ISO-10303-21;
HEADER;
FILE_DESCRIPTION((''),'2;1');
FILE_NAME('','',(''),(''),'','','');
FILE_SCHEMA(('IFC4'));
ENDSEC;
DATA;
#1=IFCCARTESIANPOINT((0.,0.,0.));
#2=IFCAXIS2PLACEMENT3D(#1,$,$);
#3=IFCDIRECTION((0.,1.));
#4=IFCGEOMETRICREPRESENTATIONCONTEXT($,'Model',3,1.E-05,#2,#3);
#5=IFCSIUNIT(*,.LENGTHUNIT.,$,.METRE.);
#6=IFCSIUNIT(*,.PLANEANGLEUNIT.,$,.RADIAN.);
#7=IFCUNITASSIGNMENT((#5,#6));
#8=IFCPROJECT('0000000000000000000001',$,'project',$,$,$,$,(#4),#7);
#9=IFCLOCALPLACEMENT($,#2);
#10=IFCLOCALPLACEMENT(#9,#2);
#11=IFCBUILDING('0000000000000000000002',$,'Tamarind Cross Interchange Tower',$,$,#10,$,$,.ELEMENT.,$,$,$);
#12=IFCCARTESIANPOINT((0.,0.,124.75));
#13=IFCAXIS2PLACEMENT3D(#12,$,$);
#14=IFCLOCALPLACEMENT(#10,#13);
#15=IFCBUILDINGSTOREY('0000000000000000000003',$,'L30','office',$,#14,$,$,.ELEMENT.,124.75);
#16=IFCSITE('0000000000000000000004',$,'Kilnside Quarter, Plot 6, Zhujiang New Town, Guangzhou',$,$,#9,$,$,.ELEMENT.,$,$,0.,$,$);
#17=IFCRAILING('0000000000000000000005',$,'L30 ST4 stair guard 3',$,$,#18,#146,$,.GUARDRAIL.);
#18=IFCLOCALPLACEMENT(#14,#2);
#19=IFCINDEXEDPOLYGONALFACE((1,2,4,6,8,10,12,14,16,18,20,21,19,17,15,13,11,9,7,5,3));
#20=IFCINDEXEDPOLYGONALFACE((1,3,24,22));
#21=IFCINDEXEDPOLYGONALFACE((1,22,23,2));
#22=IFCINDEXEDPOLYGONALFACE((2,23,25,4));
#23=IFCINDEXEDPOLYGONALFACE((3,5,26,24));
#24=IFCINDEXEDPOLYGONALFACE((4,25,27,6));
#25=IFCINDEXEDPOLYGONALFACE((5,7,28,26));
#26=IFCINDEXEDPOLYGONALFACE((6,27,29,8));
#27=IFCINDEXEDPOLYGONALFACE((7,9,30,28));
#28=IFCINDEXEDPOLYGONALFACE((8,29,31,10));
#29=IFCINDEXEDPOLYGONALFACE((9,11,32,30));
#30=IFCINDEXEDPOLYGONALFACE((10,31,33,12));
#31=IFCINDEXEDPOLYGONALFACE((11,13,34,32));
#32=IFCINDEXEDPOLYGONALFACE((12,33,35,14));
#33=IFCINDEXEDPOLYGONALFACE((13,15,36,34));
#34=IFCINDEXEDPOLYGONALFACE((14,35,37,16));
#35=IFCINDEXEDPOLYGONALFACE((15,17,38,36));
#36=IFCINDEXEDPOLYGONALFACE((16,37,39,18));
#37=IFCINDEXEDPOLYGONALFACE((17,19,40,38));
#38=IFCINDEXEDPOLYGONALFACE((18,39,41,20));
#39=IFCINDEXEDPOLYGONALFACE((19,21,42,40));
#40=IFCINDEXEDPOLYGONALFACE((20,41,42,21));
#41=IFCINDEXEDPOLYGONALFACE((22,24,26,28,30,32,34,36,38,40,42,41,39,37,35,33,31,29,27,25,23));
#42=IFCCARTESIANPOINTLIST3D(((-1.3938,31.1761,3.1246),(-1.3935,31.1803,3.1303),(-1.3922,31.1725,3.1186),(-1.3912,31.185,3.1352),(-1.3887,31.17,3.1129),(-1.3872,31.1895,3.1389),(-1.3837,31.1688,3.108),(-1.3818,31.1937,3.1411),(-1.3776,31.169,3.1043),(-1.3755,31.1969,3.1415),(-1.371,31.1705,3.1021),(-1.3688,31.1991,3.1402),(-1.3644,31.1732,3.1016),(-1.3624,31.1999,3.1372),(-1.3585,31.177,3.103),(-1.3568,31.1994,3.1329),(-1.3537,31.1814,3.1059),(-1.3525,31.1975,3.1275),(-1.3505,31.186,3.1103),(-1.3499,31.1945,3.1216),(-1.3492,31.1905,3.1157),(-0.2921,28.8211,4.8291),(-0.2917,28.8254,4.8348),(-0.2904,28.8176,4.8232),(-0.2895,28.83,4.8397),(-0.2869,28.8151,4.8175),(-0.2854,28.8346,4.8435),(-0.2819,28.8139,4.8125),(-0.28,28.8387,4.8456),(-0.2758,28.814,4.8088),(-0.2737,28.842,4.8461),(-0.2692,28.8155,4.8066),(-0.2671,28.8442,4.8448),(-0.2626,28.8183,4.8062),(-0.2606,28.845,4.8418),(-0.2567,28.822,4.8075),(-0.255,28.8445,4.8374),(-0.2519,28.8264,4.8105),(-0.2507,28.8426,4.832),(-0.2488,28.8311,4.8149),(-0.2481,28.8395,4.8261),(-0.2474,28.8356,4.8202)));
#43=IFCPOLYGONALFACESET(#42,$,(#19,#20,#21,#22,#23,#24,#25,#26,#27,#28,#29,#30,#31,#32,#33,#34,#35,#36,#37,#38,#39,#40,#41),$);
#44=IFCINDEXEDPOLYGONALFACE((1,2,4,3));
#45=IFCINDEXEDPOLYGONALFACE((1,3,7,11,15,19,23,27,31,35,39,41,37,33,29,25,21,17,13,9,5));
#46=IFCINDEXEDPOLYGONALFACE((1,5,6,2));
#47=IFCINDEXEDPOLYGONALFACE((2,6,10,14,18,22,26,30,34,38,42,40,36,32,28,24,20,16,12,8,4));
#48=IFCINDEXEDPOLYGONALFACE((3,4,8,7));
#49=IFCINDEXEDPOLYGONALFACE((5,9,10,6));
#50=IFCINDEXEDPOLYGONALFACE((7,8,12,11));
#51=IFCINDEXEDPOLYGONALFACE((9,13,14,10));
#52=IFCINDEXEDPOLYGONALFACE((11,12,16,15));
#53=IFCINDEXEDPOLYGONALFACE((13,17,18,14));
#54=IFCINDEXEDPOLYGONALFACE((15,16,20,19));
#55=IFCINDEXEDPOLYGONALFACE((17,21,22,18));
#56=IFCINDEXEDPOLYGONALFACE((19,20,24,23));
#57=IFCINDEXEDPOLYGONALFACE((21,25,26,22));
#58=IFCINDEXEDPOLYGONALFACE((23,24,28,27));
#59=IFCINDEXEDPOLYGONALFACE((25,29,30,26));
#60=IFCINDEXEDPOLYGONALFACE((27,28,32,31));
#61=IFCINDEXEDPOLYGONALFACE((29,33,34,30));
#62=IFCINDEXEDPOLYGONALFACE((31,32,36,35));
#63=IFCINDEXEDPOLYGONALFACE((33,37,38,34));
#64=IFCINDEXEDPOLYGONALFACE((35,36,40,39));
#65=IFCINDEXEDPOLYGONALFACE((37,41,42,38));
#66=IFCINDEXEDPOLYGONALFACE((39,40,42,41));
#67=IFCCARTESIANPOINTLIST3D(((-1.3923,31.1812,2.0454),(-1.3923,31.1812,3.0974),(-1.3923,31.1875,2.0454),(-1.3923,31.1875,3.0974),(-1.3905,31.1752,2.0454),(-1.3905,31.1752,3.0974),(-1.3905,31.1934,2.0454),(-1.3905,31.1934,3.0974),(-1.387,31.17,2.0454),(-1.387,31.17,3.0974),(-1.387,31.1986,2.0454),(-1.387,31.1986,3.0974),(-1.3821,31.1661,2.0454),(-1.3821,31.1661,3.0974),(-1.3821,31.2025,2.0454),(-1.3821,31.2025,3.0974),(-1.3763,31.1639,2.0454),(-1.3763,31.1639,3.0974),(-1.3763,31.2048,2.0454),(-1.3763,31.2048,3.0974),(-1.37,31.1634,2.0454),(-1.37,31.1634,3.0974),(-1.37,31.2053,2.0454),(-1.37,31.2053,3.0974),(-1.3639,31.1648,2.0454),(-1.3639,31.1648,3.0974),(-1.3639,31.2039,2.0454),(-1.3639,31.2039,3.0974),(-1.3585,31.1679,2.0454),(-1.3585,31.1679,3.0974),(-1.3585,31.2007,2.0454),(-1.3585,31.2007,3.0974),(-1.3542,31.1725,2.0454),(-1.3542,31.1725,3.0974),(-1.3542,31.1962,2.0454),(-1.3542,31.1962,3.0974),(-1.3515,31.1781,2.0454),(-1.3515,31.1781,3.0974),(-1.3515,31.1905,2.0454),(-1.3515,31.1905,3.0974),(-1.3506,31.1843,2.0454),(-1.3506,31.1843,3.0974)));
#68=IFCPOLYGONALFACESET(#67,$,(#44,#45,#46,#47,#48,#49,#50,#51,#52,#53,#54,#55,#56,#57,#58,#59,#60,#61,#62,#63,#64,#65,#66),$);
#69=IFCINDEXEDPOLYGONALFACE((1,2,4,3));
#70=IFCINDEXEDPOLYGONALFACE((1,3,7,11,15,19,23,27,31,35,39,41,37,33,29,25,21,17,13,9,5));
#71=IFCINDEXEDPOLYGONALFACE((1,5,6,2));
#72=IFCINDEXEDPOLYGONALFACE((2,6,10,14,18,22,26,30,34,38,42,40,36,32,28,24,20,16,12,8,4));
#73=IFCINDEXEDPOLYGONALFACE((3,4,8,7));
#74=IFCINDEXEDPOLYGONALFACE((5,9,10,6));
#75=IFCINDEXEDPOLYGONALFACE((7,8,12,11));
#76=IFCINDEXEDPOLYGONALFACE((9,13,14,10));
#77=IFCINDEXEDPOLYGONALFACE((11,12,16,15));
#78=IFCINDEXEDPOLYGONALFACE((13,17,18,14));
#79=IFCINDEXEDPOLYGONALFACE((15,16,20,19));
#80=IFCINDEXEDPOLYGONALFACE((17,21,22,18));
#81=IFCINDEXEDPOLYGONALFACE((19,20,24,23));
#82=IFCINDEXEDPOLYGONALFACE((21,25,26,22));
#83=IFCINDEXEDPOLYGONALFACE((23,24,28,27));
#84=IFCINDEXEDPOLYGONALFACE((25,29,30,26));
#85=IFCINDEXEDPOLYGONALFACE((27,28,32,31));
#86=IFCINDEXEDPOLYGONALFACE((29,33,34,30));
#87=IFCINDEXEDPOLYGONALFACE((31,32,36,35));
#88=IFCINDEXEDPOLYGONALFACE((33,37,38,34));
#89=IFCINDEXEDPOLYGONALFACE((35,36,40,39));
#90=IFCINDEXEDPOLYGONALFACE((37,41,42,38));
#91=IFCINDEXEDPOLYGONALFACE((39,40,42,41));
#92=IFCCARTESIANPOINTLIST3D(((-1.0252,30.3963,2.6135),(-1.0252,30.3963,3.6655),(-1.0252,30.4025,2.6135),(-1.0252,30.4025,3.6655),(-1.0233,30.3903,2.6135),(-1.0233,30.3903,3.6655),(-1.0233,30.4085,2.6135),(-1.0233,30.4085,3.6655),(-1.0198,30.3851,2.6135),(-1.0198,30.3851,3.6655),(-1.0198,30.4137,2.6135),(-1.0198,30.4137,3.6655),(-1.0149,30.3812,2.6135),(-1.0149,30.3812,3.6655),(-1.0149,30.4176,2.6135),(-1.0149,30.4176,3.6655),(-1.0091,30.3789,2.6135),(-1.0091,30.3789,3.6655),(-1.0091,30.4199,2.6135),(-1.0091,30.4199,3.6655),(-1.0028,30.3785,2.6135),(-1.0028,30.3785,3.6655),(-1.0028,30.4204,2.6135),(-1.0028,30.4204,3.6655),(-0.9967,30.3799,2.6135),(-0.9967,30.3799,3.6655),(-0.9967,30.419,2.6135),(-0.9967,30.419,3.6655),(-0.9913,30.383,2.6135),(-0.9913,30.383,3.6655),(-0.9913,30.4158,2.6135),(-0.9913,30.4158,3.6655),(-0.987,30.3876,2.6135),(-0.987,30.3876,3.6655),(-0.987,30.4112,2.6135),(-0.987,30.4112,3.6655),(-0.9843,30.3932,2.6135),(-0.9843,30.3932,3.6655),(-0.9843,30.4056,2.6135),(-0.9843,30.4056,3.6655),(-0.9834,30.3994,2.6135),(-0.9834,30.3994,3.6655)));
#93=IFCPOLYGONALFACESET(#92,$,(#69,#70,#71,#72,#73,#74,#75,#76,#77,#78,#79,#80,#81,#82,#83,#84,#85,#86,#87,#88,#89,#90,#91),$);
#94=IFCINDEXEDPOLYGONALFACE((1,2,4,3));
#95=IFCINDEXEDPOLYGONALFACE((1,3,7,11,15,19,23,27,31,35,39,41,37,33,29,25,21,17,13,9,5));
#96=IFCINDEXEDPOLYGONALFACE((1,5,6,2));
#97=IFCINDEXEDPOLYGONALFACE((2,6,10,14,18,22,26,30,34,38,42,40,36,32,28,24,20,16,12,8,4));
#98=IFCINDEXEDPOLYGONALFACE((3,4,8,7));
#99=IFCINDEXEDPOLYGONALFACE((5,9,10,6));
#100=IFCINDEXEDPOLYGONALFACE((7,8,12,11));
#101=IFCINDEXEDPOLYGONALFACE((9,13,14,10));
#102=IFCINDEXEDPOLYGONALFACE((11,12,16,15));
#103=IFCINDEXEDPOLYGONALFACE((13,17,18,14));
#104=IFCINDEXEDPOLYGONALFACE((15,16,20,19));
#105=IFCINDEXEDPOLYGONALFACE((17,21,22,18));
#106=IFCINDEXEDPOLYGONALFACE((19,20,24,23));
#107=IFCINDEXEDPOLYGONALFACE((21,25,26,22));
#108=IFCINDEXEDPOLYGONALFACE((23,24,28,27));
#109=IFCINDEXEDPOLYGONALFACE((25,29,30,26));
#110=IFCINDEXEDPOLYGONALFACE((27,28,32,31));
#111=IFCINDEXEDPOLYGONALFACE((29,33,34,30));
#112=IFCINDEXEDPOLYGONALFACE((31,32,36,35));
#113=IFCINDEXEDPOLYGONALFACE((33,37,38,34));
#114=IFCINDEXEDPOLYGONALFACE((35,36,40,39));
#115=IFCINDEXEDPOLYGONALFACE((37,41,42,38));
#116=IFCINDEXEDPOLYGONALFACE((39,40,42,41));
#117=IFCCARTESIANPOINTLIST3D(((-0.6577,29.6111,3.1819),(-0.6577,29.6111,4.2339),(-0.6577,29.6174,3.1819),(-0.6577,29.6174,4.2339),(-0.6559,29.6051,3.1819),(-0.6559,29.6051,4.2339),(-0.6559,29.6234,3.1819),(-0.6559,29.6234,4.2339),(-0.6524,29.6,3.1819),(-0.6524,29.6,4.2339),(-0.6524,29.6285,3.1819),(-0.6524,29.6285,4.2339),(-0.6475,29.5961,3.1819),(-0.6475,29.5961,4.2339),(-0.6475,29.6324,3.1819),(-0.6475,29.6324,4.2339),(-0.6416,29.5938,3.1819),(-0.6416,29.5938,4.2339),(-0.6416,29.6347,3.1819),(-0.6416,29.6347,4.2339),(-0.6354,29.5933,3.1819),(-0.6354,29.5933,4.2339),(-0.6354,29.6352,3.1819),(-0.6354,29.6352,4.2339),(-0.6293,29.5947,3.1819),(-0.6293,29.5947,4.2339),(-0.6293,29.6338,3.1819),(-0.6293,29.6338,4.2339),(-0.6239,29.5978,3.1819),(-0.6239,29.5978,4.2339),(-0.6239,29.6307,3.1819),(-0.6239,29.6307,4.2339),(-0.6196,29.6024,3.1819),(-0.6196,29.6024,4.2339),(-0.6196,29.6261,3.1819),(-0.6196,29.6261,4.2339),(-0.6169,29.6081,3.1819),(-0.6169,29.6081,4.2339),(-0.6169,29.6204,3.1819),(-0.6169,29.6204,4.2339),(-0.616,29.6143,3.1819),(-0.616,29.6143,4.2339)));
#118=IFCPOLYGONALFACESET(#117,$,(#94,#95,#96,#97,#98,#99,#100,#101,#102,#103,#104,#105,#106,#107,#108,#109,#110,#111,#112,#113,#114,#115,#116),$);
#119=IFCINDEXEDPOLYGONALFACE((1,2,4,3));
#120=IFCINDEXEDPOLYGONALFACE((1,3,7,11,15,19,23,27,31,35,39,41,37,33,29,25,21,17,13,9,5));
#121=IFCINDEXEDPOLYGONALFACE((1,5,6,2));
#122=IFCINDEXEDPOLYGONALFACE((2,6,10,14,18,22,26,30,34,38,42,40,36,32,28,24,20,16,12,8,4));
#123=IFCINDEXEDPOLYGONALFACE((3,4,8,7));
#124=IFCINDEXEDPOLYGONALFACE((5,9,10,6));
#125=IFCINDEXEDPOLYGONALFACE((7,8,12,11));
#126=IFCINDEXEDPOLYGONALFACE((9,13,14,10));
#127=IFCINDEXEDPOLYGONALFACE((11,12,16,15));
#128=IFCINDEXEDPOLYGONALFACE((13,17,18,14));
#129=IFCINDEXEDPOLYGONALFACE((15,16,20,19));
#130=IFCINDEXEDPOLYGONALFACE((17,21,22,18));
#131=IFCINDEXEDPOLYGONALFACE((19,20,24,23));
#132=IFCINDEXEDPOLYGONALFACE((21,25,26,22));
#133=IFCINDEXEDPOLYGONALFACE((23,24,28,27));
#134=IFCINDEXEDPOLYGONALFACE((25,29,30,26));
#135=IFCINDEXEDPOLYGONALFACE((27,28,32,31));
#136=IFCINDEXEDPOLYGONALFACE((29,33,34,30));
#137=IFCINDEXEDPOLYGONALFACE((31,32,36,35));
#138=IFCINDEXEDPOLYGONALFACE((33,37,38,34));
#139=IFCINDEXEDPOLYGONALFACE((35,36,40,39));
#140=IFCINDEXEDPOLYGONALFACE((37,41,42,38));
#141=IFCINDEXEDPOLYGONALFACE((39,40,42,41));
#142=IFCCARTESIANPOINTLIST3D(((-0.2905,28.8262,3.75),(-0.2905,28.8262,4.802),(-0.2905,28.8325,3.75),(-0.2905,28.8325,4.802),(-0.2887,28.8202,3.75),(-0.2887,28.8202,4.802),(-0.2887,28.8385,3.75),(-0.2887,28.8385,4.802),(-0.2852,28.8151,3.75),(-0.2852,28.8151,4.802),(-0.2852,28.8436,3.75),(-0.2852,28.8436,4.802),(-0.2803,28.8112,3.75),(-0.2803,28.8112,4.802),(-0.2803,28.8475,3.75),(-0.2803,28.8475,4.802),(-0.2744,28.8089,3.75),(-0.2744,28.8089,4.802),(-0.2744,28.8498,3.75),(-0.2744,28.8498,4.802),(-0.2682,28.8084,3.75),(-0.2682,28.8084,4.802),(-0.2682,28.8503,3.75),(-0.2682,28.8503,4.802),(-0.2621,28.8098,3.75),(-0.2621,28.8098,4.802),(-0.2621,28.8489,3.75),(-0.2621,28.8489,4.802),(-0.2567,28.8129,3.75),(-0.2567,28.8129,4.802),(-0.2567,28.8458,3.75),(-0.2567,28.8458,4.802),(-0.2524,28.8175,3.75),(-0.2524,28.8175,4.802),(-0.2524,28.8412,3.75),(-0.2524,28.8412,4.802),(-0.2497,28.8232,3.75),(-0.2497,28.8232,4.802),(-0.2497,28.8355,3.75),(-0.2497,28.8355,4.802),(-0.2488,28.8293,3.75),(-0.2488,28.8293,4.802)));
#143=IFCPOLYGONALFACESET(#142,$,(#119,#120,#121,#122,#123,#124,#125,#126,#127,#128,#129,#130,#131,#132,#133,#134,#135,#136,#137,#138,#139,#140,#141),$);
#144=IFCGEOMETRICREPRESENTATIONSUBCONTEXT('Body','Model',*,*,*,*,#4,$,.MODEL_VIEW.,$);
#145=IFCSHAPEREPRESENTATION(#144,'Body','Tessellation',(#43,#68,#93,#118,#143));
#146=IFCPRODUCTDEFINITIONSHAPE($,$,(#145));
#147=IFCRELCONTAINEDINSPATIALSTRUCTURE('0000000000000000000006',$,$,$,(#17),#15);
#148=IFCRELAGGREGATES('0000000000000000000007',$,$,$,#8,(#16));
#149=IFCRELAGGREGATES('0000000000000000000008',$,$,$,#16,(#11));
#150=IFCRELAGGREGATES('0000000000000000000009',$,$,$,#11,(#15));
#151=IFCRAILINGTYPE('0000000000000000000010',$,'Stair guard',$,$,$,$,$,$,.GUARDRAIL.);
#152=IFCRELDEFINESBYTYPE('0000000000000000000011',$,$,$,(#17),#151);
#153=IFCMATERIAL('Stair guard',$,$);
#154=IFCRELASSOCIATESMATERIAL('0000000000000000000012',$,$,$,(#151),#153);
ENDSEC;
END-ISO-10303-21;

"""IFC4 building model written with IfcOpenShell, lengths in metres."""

from ifc_helpers import new_model, si_unit, direction, frame, origin, origin_2d, place, context, subcontext, project, spatial, circle, extrude, material, type_object, element, save


model = new_model("IFC4")

# Units and contexts
model_context = context("Model", 3, precision=1e-05, world=origin(), true_north=direction((0.0, 1.0)))
body_context = subcontext(model_context, "Body", "Model", "MODEL_VIEW")
ifc_project = project(units=[si_unit("LENGTHUNIT", "METRE"), si_unit("PLANEANGLEUNIT", "RADIAN")], contexts=[model_context])

# Site, building, storey
site_placement = place(None, origin())
site = spatial("IfcSite", under=ifc_project, at=site_placement, Name="Kilnside Quarter, Plot 6, Zhujiang New Town, Guangzhou", CompositionType="ELEMENT", RefElevation=0.0)
building_placement = place(site_placement, origin())
building = spatial("IfcBuilding", under=site, at=building_placement, Name="Tamarind Cross Interchange Tower", CompositionType="ELEMENT")
storey_placement = place(building_placement, frame((0.0, 0.0, 124.75)))
storey = spatial("IfcBuildingStorey", under=building, at=storey_placement, Name="L30", Description="office", CompositionType="ELEMENT", Elevation=124.75)

# Railing
ifc_material_1 = material(Name="Stair guard")
railing_type = type_object("IfcRailingType", Name="Stair guard", PredefinedType="GUARDRAIL", material=ifc_material_1)
railing_1_placement = place(storey_placement, frame((-1.3716, 31.1843, 2.0454)))
element("IfcRailing", 1, at=railing_1_placement, inside=storey, type_object=railing_type, Name="L30 ST4 stair guard 3", PredefinedType="GUARDRAIL", context=body_context, shape_type="SweptSolid", body=[
    extrude(circle(Radius=0.0239, at=origin_2d()), frame((0.0, 0.0, 1.0762), z_axis=(0.354399, -0.757485, 0.548286), x_axis=(0.905768, 0.423775, 0.0)), (0.0, 0.0, 1.0), 3.1089),
    extrude(circle(Radius=0.021, at=origin_2d()), origin(), (0.0, 0.0, 1.0), 1.052),
    extrude(circle(Radius=0.021, at=origin_2d()), frame((0.3672, -0.7849, 0.5681)), (0.0, 0.0, 1.0), 1.052),
    extrude(circle(Radius=0.021, at=origin_2d()), frame((0.7346, -1.5701, 1.1365)), (0.0, 0.0, 1.0), 1.052),
    extrude(circle(Radius=0.021, at=origin_2d()), frame((1.1018, -2.355, 1.7046)), (0.0, 0.0, 1.0), 1.052),
])

save(model, "model.ifc")
